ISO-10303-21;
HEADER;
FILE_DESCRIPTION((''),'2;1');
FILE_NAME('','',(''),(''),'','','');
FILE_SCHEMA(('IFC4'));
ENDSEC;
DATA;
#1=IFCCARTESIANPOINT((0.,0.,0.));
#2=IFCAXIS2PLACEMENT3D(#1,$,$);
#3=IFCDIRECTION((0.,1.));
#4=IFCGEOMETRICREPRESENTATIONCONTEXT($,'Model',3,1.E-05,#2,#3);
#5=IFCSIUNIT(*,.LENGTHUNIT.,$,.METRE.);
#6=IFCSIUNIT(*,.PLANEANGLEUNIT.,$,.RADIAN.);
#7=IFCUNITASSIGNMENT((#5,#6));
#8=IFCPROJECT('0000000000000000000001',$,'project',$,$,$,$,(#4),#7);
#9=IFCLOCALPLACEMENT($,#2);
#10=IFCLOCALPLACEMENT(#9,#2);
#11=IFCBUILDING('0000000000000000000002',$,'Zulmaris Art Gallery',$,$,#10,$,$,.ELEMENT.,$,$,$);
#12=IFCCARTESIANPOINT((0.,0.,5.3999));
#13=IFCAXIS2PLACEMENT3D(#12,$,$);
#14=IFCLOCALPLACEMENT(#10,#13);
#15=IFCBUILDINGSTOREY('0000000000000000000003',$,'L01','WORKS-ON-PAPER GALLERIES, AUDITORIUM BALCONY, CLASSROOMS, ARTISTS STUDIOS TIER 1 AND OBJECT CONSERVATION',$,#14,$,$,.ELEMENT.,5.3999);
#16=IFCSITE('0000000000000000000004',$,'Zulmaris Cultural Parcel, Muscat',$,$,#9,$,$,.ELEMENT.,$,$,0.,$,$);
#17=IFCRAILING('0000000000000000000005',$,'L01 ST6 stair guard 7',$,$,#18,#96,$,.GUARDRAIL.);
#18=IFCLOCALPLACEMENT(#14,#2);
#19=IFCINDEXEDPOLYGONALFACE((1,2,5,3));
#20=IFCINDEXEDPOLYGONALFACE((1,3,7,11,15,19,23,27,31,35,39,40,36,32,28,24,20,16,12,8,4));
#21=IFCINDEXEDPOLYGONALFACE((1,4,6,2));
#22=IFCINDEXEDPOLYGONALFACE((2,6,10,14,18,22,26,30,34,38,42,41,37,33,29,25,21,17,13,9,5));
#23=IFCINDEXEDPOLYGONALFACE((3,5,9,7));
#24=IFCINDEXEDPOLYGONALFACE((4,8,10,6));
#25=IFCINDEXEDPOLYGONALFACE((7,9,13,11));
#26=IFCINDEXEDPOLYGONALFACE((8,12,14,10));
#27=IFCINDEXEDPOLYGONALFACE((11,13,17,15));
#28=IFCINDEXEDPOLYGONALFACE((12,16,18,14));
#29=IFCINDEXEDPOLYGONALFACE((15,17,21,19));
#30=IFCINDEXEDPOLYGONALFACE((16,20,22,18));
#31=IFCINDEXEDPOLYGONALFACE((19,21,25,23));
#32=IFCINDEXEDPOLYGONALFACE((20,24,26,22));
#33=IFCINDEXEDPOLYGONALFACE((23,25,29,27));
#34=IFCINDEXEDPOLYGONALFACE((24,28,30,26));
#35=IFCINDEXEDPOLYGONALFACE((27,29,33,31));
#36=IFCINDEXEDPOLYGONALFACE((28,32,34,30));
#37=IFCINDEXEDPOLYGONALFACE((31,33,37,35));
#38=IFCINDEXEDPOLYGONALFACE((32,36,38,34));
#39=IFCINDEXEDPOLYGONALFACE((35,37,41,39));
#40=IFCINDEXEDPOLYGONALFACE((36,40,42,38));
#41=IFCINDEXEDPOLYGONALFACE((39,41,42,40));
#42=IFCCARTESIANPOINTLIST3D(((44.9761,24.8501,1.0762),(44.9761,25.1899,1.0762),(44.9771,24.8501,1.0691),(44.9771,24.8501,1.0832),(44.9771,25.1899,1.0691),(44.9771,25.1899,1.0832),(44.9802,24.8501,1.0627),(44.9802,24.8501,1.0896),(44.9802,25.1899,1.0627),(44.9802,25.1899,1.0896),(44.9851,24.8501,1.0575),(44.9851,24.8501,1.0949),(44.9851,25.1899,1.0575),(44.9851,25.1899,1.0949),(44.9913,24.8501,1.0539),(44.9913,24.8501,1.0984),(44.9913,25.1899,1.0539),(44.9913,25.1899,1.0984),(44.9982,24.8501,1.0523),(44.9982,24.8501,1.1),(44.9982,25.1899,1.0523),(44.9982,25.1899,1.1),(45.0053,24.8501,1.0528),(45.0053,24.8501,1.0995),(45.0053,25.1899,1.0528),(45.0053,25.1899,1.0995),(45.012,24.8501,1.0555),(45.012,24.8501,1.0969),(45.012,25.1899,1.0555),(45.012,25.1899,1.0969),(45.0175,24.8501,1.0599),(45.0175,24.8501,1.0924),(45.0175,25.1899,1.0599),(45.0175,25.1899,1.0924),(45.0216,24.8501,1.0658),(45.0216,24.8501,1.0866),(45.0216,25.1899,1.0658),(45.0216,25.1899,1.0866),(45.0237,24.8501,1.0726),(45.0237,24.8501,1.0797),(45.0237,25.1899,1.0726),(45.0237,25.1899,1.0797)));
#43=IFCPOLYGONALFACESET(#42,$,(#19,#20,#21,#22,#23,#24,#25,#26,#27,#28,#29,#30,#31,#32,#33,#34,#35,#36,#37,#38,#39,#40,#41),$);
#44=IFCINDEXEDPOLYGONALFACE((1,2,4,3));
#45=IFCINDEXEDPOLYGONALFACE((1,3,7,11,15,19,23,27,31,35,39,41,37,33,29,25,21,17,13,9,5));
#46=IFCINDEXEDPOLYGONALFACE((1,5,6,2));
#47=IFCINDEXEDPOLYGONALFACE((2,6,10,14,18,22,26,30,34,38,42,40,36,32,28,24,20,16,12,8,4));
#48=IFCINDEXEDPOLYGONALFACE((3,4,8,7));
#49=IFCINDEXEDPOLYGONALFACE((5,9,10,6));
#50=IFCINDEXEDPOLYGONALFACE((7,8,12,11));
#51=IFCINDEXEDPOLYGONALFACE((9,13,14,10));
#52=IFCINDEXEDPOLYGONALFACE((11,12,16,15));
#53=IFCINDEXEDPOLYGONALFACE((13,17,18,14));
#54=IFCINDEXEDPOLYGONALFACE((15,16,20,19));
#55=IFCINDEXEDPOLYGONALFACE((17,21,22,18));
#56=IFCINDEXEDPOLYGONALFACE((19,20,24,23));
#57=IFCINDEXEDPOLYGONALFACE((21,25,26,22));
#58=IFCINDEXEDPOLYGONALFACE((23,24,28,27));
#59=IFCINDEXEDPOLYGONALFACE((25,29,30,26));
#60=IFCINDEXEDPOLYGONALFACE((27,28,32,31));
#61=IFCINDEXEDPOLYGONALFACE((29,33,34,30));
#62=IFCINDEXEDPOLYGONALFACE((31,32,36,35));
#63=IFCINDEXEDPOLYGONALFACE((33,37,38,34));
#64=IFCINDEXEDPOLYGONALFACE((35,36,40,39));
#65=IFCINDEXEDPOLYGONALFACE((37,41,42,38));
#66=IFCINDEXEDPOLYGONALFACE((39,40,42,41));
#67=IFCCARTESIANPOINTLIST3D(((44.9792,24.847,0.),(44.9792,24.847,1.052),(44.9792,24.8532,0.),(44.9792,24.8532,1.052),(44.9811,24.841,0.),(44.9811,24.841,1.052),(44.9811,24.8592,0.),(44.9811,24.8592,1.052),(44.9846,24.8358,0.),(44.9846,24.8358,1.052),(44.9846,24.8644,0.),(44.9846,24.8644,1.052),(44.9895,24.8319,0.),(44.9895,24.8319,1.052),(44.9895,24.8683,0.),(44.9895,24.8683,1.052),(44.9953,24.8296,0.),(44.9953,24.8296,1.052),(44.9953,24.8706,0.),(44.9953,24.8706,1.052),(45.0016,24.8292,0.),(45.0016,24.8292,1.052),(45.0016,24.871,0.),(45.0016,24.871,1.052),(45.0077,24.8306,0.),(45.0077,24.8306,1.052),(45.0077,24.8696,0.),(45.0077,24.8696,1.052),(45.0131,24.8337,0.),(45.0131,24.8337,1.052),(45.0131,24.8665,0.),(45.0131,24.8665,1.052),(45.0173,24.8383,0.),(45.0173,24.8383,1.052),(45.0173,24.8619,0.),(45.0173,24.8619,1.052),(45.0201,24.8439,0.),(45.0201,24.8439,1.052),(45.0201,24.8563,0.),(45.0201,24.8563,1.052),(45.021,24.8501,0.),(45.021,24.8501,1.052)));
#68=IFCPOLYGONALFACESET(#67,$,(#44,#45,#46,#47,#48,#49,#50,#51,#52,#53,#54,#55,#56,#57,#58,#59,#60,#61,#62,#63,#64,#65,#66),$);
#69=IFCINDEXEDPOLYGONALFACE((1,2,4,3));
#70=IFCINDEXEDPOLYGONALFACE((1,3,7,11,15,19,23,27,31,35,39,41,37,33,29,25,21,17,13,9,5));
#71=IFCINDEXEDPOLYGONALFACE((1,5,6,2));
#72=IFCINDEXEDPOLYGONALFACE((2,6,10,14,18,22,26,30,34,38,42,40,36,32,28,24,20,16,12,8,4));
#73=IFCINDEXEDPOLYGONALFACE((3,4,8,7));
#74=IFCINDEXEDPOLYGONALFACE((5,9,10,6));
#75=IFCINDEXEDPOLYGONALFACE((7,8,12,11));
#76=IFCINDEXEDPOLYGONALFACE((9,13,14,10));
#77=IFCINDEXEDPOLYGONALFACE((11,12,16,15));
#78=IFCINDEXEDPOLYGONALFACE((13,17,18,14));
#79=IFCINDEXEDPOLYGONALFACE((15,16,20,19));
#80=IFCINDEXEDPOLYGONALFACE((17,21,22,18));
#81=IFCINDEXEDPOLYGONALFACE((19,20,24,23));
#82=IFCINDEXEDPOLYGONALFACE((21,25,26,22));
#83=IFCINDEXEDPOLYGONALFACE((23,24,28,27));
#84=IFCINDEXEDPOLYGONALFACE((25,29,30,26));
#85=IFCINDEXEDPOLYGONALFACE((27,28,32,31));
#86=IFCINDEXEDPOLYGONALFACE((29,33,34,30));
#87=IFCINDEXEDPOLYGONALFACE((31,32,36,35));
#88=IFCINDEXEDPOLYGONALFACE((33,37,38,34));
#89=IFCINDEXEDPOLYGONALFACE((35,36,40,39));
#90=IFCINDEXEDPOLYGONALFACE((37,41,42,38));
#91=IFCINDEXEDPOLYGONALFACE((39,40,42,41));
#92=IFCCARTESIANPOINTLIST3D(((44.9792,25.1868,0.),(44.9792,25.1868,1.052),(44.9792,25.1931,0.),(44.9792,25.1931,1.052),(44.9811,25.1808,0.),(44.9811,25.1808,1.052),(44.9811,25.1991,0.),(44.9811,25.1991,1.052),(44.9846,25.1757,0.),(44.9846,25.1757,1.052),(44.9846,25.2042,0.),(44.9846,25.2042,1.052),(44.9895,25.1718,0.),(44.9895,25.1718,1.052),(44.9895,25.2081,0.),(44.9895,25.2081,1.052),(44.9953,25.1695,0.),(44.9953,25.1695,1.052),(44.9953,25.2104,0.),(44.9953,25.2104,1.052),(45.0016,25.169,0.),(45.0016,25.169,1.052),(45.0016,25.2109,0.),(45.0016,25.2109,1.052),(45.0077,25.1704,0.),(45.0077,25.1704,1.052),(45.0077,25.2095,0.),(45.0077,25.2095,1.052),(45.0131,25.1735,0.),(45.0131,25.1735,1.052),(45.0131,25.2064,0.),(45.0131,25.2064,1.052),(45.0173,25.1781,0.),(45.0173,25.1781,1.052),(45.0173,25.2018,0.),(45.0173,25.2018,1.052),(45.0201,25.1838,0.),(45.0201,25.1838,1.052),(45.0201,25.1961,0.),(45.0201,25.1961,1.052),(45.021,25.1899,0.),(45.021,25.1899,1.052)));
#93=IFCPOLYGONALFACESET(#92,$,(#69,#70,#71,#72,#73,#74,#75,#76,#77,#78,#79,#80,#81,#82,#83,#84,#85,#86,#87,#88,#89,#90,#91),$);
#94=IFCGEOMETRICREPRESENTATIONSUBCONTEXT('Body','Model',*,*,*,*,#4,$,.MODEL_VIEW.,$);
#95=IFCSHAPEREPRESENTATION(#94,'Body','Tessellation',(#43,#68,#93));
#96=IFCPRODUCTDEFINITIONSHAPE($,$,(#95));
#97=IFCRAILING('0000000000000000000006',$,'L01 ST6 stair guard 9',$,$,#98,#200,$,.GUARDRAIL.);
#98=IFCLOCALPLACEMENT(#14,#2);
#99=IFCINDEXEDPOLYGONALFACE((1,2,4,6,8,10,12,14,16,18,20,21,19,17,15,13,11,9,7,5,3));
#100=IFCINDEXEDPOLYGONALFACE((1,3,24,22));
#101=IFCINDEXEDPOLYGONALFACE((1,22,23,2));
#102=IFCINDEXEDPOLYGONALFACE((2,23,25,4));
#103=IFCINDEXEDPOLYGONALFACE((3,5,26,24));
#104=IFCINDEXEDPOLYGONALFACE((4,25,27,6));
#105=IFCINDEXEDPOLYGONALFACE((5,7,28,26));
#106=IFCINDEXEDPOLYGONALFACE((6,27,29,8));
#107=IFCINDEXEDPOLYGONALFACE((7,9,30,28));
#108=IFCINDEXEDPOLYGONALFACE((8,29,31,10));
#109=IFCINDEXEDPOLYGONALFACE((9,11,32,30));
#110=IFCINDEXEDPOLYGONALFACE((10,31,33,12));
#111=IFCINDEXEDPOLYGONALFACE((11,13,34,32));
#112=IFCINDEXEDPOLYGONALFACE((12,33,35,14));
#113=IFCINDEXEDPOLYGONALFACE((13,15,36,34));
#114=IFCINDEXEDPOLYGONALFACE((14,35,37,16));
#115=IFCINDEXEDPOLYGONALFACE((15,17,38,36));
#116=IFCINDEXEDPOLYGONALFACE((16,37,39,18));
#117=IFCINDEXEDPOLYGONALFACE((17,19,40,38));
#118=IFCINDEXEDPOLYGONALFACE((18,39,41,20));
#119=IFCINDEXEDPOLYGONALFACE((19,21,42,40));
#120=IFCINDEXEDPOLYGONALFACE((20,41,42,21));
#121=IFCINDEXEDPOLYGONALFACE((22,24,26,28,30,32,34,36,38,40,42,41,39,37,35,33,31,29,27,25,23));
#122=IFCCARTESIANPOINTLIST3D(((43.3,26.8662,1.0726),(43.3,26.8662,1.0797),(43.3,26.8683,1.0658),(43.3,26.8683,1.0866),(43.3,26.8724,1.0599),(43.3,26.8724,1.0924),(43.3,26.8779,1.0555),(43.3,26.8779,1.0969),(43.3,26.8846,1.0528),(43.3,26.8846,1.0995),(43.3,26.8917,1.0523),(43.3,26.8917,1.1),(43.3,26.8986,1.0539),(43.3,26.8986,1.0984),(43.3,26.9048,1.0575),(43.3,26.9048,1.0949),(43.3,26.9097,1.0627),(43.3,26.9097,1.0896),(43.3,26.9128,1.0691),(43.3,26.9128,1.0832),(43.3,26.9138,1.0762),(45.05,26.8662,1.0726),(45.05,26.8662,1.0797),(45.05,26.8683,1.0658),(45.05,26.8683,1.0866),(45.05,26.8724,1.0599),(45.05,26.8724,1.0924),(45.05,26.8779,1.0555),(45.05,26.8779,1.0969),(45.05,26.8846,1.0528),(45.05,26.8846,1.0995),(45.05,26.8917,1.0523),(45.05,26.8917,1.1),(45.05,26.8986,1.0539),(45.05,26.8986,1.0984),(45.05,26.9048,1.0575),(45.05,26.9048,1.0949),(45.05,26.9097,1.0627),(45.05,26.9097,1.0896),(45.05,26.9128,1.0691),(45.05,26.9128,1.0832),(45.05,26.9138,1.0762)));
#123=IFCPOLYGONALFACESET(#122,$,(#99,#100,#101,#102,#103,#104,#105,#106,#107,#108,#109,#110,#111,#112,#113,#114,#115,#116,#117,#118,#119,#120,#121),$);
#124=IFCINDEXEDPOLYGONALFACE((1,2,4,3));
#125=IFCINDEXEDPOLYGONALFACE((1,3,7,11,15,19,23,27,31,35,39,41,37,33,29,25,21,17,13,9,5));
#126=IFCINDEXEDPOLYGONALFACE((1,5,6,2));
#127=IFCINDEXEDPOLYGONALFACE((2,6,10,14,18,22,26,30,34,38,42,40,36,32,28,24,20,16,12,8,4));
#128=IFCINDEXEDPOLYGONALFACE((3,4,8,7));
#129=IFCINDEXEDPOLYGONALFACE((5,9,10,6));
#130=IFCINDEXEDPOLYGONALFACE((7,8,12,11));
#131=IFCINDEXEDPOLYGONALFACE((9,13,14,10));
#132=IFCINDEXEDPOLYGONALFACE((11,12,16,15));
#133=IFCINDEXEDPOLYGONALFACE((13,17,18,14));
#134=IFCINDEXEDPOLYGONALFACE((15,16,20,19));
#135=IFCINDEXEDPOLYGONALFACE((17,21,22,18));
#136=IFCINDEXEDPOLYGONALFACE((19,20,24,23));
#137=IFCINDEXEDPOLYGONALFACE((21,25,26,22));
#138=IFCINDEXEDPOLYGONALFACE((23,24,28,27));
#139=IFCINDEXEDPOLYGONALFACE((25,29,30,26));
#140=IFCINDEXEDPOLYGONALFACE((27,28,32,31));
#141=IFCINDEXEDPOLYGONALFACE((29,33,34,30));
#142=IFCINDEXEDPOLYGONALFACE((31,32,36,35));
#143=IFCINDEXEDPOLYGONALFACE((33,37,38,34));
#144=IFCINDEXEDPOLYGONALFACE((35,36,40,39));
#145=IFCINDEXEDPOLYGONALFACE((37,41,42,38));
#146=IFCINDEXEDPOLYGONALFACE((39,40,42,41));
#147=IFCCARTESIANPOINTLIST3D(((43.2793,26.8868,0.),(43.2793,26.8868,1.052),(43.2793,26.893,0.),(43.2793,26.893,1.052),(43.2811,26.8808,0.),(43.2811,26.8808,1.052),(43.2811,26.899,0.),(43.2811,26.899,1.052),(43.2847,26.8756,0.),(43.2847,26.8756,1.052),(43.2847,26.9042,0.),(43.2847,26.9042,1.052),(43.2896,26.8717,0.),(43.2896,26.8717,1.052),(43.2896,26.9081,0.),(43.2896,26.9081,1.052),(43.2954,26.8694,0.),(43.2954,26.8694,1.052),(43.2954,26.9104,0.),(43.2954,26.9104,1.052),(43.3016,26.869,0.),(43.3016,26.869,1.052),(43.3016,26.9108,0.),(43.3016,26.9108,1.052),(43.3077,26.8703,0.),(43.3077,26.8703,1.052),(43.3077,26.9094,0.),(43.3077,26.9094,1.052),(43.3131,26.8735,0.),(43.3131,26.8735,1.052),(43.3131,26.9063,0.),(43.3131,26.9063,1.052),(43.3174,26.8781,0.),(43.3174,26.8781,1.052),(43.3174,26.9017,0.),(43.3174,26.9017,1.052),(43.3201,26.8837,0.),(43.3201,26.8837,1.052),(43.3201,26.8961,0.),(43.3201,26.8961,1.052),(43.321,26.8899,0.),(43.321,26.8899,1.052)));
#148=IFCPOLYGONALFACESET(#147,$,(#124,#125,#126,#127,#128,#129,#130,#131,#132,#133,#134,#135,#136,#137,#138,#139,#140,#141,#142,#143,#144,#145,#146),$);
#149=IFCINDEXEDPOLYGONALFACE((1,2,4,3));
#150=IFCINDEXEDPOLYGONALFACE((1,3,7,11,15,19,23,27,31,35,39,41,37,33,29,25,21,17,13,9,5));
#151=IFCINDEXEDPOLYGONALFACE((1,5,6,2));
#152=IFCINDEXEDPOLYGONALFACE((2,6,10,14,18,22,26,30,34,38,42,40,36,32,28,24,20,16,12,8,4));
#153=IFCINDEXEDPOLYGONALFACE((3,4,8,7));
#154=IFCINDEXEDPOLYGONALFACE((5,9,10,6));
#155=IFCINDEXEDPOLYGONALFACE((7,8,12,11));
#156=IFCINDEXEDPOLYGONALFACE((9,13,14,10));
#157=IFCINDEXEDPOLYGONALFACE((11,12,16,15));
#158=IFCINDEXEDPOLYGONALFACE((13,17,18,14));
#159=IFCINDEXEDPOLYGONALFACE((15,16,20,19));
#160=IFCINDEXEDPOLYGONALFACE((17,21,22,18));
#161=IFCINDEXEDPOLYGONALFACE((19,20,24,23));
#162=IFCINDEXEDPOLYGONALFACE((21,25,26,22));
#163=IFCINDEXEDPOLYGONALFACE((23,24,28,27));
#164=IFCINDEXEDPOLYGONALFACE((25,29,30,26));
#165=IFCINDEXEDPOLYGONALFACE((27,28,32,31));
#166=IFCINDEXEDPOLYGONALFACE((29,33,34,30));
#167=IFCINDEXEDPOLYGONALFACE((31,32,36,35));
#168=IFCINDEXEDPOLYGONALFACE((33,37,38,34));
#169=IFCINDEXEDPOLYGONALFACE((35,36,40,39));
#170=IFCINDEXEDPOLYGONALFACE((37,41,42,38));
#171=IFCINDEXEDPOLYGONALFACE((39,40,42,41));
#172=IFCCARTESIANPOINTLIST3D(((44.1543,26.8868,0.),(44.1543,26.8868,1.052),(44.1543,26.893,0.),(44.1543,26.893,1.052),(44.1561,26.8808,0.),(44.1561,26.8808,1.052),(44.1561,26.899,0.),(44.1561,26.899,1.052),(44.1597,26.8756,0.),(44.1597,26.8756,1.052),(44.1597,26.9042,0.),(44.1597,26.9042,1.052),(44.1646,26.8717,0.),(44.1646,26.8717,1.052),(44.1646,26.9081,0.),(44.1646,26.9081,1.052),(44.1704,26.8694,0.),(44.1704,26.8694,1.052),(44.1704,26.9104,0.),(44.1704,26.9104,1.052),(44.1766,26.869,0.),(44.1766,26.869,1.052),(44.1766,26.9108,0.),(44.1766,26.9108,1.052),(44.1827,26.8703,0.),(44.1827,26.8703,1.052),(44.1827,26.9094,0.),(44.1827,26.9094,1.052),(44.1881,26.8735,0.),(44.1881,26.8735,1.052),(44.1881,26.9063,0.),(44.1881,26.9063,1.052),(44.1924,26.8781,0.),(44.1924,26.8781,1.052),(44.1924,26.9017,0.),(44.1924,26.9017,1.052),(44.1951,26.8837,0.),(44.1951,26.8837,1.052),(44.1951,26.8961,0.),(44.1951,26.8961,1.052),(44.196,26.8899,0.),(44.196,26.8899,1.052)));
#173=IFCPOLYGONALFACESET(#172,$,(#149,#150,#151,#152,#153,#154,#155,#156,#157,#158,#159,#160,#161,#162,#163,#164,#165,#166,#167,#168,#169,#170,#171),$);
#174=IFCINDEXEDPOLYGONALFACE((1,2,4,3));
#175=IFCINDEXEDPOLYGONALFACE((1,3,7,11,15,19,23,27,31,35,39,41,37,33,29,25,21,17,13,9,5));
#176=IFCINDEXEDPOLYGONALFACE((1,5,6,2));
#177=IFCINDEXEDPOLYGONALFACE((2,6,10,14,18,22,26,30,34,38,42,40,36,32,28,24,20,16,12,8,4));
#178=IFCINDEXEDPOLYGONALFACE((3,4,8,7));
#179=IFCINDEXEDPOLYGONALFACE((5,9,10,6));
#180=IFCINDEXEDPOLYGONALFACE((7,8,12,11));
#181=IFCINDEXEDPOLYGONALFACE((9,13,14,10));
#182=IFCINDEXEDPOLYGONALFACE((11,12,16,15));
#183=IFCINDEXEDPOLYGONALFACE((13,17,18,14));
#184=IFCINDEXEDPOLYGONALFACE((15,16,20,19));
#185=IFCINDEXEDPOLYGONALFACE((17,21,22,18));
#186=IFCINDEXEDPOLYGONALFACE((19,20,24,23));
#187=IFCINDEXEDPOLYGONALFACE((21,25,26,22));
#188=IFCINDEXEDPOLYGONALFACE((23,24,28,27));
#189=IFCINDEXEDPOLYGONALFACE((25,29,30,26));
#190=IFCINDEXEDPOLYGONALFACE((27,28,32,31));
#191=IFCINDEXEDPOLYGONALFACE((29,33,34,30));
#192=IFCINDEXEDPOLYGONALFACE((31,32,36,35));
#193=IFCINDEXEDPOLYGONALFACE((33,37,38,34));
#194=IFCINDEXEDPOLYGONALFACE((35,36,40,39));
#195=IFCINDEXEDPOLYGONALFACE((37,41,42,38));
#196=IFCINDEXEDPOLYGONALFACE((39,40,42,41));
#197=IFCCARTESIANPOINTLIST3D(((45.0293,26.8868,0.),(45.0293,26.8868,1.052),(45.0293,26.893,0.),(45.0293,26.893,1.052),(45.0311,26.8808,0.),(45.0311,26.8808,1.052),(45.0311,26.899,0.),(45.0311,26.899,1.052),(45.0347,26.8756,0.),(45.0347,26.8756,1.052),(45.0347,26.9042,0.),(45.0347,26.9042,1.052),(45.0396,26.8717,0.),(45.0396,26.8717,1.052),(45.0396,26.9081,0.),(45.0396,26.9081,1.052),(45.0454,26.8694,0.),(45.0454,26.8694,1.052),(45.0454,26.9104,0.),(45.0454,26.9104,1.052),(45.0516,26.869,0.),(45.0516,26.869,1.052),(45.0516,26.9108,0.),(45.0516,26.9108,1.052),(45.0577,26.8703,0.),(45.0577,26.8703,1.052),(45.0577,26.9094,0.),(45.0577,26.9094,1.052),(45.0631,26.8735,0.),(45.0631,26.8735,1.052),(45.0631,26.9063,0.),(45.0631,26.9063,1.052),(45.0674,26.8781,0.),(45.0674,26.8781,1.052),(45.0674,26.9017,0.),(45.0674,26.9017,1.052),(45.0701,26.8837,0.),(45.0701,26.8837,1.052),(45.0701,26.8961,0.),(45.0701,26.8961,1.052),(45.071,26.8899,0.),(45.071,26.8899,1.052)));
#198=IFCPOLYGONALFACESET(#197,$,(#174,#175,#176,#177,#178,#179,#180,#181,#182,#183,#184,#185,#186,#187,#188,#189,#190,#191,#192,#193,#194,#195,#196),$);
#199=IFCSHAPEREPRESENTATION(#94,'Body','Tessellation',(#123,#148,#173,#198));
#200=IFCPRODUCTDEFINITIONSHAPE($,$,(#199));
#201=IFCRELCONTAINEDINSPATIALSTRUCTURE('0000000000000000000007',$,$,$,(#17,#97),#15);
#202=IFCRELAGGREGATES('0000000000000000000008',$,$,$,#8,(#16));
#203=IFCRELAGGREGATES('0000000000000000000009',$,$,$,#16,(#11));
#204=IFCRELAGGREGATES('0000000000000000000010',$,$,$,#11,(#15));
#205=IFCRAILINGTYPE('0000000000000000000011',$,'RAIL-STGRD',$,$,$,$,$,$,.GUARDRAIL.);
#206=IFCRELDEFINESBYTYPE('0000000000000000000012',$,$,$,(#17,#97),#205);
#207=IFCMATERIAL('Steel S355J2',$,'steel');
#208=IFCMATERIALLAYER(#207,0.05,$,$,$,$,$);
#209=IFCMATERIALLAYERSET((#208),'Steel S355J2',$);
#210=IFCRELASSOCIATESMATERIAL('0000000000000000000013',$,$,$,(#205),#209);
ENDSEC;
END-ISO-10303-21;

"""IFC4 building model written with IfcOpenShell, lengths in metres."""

from ifc_helpers import new_model, si_unit, direction, frame, origin, origin_2d, place, context, subcontext, project, spatial, circle, extrude, material, layer, layer_set, type_object, element, save


model = new_model("IFC4")

# Units and contexts
model_context = context("Model", 3, precision=1e-05, world=origin(), true_north=direction((0.0, 1.0)))
body_context = subcontext(model_context, "Body", "Model", "MODEL_VIEW")
ifc_project = project(units=[si_unit("LENGTHUNIT", "METRE"), si_unit("PLANEANGLEUNIT", "RADIAN")], contexts=[model_context])

# Site, building, storey
site_placement = place(None, origin())
site = spatial("IfcSite", under=ifc_project, at=site_placement, Name="Zulmaris Cultural Parcel, Muscat", CompositionType="ELEMENT", RefElevation=0.0)
building_placement = place(site_placement, origin())
building = spatial("IfcBuilding", under=site, at=building_placement, Name="Zulmaris Art Gallery", CompositionType="ELEMENT")
storey_placement = place(building_placement, frame((0.0, 0.0, 5.3999)))
storey = spatial("IfcBuildingStorey", under=building, at=storey_placement, Name="L01", Description="WORKS-ON-PAPER GALLERIES, AUDITORIUM BALCONY, CLASSROOMS, ARTISTS STUDIOS TIER 1 AND OBJECT CONSERVATION", CompositionType="ELEMENT", Elevation=5.3999)

# Shared definitions
ifc_material_1 = material(Name="Steel S355J2", Category="steel")

# Railings
ifc_layer_1 = layer(ifc_material_1, 0.05)
ifc_layer_set_1 = layer_set([ifc_layer_1], Name="Steel S355J2")
railing_type_1 = type_object("IfcRailingType", Name="RAIL-STGRD", PredefinedType="GUARDRAIL", material=ifc_layer_set_1)
railing_1_placement = place(storey_placement, frame((45.0, 24.8501, 0.0)))
element("IfcRailing", 1, at=railing_1_placement, inside=storey, type_object=railing_type_1, Name="L01 ST6 stair guard 7", PredefinedType="GUARDRAIL", context=body_context, shape_type="SweptSolid", body=[
    extrude(circle(Radius=0.0239, at=origin_2d()), frame((0.0, 0.0, 1.0762), z_axis=(0.0, 1.0, 0.0), x_axis=(-1.0, 0.0, 0.0)), (0.0, 0.0, 1.0), 0.3398),
    extrude(circle(Radius=0.021, at=origin_2d()), origin(), (0.0, 0.0, 1.0), 1.052),
    extrude(circle(Radius=0.021, at=origin_2d()), frame((0.0, 0.3398, 0.0)), (0.0, 0.0, 1.0), 1.052),
])
railing_2_placement = place(storey_placement, frame((43.3, 26.8899, 0.0)))
element("IfcRailing", 2, at=railing_2_placement, inside=storey, type_object=railing_type_1, Name="L01 ST6 stair guard 9", PredefinedType="GUARDRAIL", context=body_context, shape_type="SweptSolid", body=[
    extrude(circle(Radius=0.0239, at=origin_2d()), frame((0.0, 0.0, 1.0762), z_axis=(1.0, 0.0, 0.0), x_axis=(0.0, 1.0, 0.0)), (0.0, 0.0, 1.0), 1.75),
    extrude(circle(Radius=0.021, at=origin_2d()), origin(), (0.0, 0.0, 1.0), 1.052),
    extrude(circle(Radius=0.021, at=origin_2d()), frame((0.875, 0.0, 0.0)), (0.0, 0.0, 1.0), 1.052),
    extrude(circle(Radius=0.021, at=origin_2d()), frame((1.75, 0.0, 0.0)), (0.0, 0.0, 1.0), 1.052),
])

save(model, "model.ifc")
